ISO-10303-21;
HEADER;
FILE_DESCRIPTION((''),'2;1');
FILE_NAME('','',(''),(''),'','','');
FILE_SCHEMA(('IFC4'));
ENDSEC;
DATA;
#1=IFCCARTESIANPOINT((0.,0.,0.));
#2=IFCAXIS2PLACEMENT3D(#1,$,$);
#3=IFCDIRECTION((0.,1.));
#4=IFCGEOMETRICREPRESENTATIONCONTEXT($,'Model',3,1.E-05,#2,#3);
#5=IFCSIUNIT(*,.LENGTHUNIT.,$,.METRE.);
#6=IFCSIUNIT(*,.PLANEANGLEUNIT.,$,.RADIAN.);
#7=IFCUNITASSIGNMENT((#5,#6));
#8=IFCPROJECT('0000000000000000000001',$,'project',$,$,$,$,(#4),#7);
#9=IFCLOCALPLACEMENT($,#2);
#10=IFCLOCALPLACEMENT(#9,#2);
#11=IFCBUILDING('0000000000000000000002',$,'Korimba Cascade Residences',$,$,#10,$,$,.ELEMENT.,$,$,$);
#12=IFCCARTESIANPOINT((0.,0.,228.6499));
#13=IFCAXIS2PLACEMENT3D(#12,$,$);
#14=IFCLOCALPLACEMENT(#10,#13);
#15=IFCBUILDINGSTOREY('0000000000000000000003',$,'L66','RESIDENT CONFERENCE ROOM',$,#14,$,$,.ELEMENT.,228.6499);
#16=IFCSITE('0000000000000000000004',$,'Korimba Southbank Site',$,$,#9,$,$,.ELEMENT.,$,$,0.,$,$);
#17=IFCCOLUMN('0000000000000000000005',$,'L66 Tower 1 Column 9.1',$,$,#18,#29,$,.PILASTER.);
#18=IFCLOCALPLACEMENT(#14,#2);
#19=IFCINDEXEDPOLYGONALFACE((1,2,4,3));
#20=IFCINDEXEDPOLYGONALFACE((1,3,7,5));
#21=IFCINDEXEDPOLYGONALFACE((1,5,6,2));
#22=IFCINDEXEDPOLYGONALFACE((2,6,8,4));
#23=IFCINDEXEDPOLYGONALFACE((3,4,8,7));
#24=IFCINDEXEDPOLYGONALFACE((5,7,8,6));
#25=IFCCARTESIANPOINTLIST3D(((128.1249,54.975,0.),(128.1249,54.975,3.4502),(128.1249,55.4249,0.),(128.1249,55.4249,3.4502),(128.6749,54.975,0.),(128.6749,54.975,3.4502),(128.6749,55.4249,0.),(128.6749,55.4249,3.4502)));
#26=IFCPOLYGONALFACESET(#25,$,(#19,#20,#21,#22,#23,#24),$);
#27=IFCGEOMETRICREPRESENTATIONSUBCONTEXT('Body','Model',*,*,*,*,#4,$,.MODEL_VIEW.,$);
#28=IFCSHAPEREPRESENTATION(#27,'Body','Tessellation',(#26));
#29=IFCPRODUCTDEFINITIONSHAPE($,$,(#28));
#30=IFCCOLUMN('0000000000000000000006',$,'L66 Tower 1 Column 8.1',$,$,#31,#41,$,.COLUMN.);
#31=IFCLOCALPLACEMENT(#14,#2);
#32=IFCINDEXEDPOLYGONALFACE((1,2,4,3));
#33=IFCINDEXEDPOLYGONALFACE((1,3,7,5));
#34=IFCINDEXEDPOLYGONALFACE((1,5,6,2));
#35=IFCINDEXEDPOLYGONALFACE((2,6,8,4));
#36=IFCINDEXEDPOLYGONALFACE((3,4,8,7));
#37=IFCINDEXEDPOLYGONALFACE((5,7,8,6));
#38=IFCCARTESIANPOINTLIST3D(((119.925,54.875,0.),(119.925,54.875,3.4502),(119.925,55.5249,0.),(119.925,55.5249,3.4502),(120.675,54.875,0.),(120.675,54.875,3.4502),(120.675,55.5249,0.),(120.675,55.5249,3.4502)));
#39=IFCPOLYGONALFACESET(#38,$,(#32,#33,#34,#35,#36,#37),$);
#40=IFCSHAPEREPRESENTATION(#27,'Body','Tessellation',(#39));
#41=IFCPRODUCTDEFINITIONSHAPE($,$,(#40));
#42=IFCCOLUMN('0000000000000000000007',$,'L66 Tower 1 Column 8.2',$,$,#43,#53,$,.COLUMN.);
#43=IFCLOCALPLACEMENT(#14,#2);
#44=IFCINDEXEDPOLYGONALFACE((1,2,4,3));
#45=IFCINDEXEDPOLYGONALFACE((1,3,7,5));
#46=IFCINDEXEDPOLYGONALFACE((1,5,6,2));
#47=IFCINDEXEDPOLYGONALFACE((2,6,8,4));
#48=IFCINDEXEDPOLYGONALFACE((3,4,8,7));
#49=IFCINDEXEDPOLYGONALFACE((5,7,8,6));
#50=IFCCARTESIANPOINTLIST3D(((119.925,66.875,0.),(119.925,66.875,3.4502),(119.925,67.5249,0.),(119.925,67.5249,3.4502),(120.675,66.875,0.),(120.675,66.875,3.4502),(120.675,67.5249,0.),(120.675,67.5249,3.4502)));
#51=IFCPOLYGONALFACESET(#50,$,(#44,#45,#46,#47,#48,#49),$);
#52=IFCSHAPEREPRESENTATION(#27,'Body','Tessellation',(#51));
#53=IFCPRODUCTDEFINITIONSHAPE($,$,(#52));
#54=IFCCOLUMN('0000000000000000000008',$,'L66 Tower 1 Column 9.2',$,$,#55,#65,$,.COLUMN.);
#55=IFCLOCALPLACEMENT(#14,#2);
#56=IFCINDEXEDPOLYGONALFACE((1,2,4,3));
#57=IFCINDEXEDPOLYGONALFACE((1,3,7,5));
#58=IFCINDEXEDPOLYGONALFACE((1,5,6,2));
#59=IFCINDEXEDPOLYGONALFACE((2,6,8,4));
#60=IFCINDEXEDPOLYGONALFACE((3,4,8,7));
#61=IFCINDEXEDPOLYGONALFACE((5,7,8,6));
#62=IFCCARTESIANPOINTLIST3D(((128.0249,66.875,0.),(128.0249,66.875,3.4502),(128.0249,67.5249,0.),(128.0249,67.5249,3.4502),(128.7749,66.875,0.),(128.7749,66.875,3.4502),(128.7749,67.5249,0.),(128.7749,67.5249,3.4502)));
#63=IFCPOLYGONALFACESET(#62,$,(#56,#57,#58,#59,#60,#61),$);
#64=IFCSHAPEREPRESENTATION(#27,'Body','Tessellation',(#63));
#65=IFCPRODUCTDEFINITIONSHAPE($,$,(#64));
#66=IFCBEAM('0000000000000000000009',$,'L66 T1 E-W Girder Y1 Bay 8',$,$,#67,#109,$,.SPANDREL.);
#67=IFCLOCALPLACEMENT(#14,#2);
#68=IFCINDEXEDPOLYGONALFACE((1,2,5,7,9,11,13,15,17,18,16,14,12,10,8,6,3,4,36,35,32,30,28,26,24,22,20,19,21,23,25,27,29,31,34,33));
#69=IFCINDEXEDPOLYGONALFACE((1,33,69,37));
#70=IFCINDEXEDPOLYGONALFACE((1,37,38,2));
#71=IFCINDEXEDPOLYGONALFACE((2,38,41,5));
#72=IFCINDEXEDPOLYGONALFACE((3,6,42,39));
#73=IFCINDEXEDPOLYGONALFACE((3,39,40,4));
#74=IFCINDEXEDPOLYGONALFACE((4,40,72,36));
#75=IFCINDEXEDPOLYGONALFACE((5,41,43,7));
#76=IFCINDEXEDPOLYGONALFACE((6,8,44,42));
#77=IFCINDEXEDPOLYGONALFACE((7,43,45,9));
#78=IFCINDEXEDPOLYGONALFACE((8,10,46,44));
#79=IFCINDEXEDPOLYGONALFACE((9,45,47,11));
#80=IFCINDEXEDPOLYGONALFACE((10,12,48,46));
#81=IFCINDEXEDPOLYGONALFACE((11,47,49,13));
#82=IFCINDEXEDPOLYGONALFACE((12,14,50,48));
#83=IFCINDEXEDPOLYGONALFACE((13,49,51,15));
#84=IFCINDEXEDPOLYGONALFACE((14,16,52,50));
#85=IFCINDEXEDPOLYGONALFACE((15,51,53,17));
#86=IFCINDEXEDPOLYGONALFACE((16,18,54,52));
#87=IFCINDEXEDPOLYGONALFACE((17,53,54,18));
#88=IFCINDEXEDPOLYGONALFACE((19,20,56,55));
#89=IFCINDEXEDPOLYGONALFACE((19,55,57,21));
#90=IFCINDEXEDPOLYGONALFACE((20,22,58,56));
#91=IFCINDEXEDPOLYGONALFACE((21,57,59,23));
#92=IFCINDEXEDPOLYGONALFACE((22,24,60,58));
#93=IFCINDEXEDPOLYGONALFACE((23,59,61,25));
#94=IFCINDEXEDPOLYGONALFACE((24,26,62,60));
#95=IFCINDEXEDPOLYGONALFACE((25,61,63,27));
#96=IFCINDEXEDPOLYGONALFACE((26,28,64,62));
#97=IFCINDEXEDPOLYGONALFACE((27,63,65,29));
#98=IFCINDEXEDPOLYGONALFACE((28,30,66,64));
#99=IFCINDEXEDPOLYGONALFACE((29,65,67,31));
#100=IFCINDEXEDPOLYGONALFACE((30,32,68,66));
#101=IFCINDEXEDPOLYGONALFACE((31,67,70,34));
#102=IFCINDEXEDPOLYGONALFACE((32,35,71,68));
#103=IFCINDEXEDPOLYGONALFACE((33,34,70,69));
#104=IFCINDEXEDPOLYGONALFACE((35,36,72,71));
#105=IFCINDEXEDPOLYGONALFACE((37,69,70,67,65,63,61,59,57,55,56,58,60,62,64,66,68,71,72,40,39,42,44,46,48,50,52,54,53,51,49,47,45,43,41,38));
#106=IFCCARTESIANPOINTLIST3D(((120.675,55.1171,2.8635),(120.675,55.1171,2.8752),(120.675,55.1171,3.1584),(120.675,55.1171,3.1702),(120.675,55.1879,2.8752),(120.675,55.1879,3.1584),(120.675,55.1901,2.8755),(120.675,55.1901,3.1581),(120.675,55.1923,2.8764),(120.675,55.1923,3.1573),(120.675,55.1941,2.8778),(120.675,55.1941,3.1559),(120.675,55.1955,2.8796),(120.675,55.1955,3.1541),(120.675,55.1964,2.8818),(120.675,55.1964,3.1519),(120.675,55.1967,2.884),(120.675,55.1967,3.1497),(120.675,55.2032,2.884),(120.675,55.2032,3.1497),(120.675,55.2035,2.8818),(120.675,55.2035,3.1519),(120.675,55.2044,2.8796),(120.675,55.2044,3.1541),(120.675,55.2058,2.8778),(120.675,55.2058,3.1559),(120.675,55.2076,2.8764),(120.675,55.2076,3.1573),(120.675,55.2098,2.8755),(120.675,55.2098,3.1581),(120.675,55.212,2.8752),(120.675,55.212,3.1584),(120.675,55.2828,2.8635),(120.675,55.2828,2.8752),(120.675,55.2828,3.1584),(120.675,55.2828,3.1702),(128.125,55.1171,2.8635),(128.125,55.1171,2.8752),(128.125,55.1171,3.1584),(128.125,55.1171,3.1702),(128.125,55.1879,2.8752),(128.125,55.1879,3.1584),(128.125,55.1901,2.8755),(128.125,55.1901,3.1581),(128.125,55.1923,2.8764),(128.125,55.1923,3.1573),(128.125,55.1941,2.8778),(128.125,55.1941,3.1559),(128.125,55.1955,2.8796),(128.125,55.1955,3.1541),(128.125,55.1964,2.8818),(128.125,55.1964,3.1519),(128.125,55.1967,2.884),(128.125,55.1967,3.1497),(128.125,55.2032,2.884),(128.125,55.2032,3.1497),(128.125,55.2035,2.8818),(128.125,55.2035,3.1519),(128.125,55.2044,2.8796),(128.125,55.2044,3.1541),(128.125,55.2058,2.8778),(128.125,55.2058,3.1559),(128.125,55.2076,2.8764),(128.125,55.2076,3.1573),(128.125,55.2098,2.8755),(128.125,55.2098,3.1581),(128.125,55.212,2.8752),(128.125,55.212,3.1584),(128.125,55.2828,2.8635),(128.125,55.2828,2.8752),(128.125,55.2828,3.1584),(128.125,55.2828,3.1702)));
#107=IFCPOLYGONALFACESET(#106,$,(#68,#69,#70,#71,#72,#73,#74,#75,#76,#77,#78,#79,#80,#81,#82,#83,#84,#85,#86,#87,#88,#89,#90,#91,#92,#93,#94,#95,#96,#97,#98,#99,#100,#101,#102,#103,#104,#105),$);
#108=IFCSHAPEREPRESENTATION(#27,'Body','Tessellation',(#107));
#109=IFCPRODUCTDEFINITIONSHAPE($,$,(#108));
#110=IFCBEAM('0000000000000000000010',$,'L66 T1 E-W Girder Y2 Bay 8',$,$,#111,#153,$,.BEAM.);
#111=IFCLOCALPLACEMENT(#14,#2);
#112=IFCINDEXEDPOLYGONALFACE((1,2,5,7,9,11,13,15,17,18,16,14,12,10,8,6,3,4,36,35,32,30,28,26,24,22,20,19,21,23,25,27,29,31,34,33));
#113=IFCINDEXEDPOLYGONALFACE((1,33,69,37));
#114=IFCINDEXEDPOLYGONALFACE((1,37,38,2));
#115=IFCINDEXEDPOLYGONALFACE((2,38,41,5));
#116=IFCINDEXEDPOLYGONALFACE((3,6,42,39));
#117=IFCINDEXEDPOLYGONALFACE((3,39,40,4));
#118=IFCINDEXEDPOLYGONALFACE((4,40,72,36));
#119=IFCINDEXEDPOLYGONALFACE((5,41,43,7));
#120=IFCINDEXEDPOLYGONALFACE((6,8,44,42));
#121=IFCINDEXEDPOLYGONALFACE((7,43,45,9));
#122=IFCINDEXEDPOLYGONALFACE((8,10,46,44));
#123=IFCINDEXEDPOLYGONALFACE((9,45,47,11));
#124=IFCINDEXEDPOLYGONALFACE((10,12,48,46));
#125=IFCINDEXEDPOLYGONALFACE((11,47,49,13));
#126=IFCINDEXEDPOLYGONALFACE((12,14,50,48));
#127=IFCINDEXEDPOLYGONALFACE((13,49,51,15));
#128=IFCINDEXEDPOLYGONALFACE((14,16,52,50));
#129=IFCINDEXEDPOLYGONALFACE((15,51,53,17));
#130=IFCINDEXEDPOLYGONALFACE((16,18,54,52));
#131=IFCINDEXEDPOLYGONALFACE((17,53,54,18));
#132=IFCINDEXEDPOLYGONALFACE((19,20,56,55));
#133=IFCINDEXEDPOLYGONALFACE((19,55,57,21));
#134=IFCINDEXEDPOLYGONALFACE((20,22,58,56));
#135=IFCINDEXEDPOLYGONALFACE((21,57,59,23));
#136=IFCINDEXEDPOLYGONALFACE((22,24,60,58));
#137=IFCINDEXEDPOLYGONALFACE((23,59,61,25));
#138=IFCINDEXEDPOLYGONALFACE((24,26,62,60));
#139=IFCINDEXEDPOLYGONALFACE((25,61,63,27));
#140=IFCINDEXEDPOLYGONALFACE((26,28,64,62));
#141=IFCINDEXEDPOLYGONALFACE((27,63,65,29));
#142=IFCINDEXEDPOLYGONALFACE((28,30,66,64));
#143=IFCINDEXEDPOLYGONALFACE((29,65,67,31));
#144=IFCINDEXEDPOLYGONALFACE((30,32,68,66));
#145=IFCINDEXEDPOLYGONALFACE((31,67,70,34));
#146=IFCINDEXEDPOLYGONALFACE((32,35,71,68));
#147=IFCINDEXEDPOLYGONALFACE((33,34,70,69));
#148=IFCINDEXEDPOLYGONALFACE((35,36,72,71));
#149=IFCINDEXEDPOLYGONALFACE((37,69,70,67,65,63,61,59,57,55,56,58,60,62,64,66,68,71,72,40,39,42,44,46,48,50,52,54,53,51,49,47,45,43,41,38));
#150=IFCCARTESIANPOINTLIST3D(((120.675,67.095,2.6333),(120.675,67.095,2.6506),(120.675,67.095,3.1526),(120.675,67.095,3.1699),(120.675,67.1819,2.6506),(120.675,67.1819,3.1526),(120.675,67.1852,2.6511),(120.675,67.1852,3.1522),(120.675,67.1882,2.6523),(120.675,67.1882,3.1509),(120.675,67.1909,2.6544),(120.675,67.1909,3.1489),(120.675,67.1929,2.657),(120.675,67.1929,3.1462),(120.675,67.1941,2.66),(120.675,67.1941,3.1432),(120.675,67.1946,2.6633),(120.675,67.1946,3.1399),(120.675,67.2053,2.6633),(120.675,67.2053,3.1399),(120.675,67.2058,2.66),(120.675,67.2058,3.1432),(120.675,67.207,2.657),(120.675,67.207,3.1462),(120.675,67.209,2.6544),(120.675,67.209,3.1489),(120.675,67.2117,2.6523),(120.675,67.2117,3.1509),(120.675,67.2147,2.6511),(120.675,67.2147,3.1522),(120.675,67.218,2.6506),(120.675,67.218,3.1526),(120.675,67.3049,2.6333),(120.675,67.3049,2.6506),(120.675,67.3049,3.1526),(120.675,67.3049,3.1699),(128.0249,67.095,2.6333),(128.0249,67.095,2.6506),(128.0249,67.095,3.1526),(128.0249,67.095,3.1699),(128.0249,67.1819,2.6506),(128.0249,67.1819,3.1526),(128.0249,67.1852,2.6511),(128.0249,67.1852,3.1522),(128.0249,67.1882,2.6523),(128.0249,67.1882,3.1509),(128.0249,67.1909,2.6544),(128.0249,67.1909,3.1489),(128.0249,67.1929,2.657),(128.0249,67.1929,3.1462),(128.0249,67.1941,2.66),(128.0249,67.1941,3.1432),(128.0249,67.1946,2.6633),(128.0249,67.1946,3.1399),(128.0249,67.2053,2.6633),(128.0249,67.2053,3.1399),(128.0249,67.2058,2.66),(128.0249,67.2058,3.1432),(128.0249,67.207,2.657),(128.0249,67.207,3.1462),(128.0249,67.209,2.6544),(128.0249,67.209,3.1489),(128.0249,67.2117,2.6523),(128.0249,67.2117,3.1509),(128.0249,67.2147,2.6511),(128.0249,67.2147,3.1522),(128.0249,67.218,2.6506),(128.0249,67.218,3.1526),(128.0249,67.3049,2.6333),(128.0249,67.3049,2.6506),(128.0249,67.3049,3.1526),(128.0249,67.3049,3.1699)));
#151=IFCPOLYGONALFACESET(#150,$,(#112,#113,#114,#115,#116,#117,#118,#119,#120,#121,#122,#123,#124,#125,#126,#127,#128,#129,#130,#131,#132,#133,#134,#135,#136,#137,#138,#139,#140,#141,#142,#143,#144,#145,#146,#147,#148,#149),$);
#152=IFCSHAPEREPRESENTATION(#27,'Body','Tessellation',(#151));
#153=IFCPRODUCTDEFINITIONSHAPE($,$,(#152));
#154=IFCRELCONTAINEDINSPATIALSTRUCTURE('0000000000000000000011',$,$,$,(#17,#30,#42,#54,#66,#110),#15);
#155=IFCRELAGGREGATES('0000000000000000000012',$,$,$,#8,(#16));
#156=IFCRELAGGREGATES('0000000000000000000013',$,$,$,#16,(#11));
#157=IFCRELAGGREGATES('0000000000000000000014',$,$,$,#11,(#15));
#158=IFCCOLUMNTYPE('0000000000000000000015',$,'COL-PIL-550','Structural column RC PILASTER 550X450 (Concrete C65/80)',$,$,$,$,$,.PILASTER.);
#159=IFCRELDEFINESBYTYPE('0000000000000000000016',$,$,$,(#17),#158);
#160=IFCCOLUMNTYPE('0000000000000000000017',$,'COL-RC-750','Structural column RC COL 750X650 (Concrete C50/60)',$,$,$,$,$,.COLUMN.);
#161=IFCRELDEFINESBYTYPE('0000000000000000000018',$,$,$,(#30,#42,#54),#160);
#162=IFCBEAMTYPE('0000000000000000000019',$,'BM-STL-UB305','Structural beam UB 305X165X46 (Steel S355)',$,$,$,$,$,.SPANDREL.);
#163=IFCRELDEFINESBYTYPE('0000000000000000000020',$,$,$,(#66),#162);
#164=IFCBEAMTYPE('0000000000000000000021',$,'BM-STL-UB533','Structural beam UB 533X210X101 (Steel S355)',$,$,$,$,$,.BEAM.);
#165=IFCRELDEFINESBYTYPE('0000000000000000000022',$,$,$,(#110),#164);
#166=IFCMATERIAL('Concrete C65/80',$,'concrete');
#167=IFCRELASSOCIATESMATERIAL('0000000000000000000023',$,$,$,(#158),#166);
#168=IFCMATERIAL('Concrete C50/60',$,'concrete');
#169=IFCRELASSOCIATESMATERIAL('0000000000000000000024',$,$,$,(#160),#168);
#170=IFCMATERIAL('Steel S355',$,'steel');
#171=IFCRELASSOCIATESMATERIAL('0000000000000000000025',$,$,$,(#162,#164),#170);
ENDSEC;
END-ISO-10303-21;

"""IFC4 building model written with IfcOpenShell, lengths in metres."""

from ifc_helpers import new_model, si_unit, direction, frame, origin, origin_2d, place, context, subcontext, project, spatial, rectangle, i_section, extrude, material, material_profile, profile_set, type_object, element, save


model = new_model("IFC4")

# Units and contexts
model_context = context("Model", 3, precision=1e-05, world=origin(), true_north=direction((0.0, 1.0)))
body_context = subcontext(model_context, "Body", "Model", "MODEL_VIEW")
ifc_project = project(units=[si_unit("LENGTHUNIT", "METRE"), si_unit("PLANEANGLEUNIT", "RADIAN")], contexts=[model_context])

# Site, building, storey
site_placement = place(None, origin())
site = spatial("IfcSite", under=ifc_project, at=site_placement, Name="Korimba Southbank Site", CompositionType="ELEMENT", RefElevation=0.0)
building_placement = place(site_placement, origin())
building = spatial("IfcBuilding", under=site, at=building_placement, Name="Korimba Cascade Residences", CompositionType="ELEMENT")
storey_placement = place(building_placement, frame((0.0, 0.0, 228.6499)))
storey = spatial("IfcBuildingStorey", under=building, at=storey_placement, Name="L66", Description="RESIDENT CONFERENCE ROOM", CompositionType="ELEMENT", Elevation=228.6499)

# Columns
ifc_material_1 = material(Name="Concrete C65/80", Category="concrete")
ifc_material_profile_1 = material_profile(ifc_material_1, rectangle(XDim=0.55, YDim=0.45, at=origin_2d()), Name="Concrete C65/80")
ifc_profile_set_1 = profile_set([ifc_material_profile_1], Name="Concrete C65/80")
column_type_1 = type_object("IfcColumnType", Name="COL-PIL-550", Description="Structural column RC PILASTER 550X450 (Concrete C65/80)", PredefinedType="PILASTER", material=ifc_profile_set_1)
column_placement = place(storey_placement, frame((128.3999, 55.2, 0.0), z_axis=(0.0, 0.0, 1.0), x_axis=(1.0, 0.0, 0.0)))
element("IfcColumn", 1, at=column_placement, inside=storey, type_object=column_type_1, Name="L66 Tower 1 Column 9.1", PredefinedType="PILASTER", context=body_context, shape_type="SweptSolid", body=[
    extrude(rectangle(XDim=0.55, YDim=0.45, at=origin_2d()), origin(), (0.0, 0.0, 1.0), 3.4502),
])
ifc_material_2 = material(Name="Concrete C50/60", Category="concrete")
ifc_material_profile_2 = material_profile(ifc_material_2, rectangle(XDim=0.75, YDim=0.6499, at=origin_2d()), Name="Concrete C50/60")
ifc_profile_set_2 = profile_set([ifc_material_profile_2], Name="Concrete C50/60")
column_type_2 = type_object("IfcColumnType", Name="COL-RC-750", Description="Structural column RC COL 750X650 (Concrete C50/60)", PredefinedType="COLUMN", material=ifc_profile_set_2)
for number, where, z_axis, x_axis, name in (
    (2, (120.3, 55.2, 0.0), (0.0, 0.0, 1.0), (1.0, 0.0, 0.0), "L66 Tower 1 Column 8.1"),
    (3, (120.3, 67.2, 0.0), (0.0, 0.0, 1.0), (1.0, 0.0, 0.0), "L66 Tower 1 Column 8.2"),
    (4, (128.3999, 67.2, 0.0), (0.0, 0.0, 1.0), (1.0, 0.0, 0.0), "L66 Tower 1 Column 9.2"),
):
    element("IfcColumn", number, at=place(storey_placement, frame(where, z_axis=z_axis, x_axis=x_axis)), inside=storey, type_object=column_type_2, Name=name, PredefinedType="COLUMN", context=body_context, shape_type="SweptSolid", body=[
        extrude(rectangle(XDim=0.75, YDim=0.6499, at=origin_2d()), origin(), (0.0, 0.0, 1.0), 3.4502),
    ])

# Beams
ifc_material_3 = material(Name="Steel S355", Category="steel")
ifc_material_profile_3 = material_profile(ifc_material_3, i_section(OverallWidth=0.1658, OverallDepth=0.3066, WebThickness=0.0066, FlangeThickness=0.0117, FilletRadius=0.0088, at=origin_2d()), Name="Steel S355")
ifc_profile_set_3 = profile_set([ifc_material_profile_3], Name="Steel S355")
beam_type_1 = type_object("IfcBeamType", Name="BM-STL-UB305", Description="Structural beam UB 305X165X46 (Steel S355)", PredefinedType="SPANDREL", material=ifc_profile_set_3)
beam_1_placement = place(storey_placement, frame((120.675, 55.2, 3.0168), z_axis=(1.0, 0.0, 0.0), x_axis=(0.0, 1.0, 0.0)))
element("IfcBeam", 5, at=beam_1_placement, inside=storey, type_object=beam_type_1, Name="L66 T1 E-W Girder Y1 Bay 8", PredefinedType="SPANDREL", context=body_context, shape_type="SweptSolid", body=[
    extrude(i_section(OverallWidth=0.1658, OverallDepth=0.3066, WebThickness=0.0066, FlangeThickness=0.0117, FilletRadius=0.0088, at=origin_2d()), origin(), (0.0, 0.0, 1.0), 7.45),
])
ifc_material_profile_4 = material_profile(ifc_material_3, i_section(OverallWidth=0.21, OverallDepth=0.5366, WebThickness=0.0107, FlangeThickness=0.0173, FilletRadius=0.0127, at=origin_2d()), Name="Steel S355")
ifc_profile_set_4 = profile_set([ifc_material_profile_4], Name="Steel S355")
beam_type_2 = type_object("IfcBeamType", Name="BM-STL-UB533", Description="Structural beam UB 533X210X101 (Steel S355)", PredefinedType="BEAM", material=ifc_profile_set_4)
beam_2_placement = place(storey_placement, frame((120.675, 67.2, 2.9016), z_axis=(1.0, 0.0, 0.0), x_axis=(0.0, 1.0, 0.0)))
element("IfcBeam", 6, at=beam_2_placement, inside=storey, type_object=beam_type_2, Name="L66 T1 E-W Girder Y2 Bay 8", PredefinedType="BEAM", context=body_context, shape_type="SweptSolid", body=[
    extrude(i_section(OverallWidth=0.21, OverallDepth=0.5366, WebThickness=0.0107, FlangeThickness=0.0173, FilletRadius=0.0127, at=origin_2d()), origin(), (0.0, 0.0, 1.0), 7.3499),
])

save(model, "model.ifc")
